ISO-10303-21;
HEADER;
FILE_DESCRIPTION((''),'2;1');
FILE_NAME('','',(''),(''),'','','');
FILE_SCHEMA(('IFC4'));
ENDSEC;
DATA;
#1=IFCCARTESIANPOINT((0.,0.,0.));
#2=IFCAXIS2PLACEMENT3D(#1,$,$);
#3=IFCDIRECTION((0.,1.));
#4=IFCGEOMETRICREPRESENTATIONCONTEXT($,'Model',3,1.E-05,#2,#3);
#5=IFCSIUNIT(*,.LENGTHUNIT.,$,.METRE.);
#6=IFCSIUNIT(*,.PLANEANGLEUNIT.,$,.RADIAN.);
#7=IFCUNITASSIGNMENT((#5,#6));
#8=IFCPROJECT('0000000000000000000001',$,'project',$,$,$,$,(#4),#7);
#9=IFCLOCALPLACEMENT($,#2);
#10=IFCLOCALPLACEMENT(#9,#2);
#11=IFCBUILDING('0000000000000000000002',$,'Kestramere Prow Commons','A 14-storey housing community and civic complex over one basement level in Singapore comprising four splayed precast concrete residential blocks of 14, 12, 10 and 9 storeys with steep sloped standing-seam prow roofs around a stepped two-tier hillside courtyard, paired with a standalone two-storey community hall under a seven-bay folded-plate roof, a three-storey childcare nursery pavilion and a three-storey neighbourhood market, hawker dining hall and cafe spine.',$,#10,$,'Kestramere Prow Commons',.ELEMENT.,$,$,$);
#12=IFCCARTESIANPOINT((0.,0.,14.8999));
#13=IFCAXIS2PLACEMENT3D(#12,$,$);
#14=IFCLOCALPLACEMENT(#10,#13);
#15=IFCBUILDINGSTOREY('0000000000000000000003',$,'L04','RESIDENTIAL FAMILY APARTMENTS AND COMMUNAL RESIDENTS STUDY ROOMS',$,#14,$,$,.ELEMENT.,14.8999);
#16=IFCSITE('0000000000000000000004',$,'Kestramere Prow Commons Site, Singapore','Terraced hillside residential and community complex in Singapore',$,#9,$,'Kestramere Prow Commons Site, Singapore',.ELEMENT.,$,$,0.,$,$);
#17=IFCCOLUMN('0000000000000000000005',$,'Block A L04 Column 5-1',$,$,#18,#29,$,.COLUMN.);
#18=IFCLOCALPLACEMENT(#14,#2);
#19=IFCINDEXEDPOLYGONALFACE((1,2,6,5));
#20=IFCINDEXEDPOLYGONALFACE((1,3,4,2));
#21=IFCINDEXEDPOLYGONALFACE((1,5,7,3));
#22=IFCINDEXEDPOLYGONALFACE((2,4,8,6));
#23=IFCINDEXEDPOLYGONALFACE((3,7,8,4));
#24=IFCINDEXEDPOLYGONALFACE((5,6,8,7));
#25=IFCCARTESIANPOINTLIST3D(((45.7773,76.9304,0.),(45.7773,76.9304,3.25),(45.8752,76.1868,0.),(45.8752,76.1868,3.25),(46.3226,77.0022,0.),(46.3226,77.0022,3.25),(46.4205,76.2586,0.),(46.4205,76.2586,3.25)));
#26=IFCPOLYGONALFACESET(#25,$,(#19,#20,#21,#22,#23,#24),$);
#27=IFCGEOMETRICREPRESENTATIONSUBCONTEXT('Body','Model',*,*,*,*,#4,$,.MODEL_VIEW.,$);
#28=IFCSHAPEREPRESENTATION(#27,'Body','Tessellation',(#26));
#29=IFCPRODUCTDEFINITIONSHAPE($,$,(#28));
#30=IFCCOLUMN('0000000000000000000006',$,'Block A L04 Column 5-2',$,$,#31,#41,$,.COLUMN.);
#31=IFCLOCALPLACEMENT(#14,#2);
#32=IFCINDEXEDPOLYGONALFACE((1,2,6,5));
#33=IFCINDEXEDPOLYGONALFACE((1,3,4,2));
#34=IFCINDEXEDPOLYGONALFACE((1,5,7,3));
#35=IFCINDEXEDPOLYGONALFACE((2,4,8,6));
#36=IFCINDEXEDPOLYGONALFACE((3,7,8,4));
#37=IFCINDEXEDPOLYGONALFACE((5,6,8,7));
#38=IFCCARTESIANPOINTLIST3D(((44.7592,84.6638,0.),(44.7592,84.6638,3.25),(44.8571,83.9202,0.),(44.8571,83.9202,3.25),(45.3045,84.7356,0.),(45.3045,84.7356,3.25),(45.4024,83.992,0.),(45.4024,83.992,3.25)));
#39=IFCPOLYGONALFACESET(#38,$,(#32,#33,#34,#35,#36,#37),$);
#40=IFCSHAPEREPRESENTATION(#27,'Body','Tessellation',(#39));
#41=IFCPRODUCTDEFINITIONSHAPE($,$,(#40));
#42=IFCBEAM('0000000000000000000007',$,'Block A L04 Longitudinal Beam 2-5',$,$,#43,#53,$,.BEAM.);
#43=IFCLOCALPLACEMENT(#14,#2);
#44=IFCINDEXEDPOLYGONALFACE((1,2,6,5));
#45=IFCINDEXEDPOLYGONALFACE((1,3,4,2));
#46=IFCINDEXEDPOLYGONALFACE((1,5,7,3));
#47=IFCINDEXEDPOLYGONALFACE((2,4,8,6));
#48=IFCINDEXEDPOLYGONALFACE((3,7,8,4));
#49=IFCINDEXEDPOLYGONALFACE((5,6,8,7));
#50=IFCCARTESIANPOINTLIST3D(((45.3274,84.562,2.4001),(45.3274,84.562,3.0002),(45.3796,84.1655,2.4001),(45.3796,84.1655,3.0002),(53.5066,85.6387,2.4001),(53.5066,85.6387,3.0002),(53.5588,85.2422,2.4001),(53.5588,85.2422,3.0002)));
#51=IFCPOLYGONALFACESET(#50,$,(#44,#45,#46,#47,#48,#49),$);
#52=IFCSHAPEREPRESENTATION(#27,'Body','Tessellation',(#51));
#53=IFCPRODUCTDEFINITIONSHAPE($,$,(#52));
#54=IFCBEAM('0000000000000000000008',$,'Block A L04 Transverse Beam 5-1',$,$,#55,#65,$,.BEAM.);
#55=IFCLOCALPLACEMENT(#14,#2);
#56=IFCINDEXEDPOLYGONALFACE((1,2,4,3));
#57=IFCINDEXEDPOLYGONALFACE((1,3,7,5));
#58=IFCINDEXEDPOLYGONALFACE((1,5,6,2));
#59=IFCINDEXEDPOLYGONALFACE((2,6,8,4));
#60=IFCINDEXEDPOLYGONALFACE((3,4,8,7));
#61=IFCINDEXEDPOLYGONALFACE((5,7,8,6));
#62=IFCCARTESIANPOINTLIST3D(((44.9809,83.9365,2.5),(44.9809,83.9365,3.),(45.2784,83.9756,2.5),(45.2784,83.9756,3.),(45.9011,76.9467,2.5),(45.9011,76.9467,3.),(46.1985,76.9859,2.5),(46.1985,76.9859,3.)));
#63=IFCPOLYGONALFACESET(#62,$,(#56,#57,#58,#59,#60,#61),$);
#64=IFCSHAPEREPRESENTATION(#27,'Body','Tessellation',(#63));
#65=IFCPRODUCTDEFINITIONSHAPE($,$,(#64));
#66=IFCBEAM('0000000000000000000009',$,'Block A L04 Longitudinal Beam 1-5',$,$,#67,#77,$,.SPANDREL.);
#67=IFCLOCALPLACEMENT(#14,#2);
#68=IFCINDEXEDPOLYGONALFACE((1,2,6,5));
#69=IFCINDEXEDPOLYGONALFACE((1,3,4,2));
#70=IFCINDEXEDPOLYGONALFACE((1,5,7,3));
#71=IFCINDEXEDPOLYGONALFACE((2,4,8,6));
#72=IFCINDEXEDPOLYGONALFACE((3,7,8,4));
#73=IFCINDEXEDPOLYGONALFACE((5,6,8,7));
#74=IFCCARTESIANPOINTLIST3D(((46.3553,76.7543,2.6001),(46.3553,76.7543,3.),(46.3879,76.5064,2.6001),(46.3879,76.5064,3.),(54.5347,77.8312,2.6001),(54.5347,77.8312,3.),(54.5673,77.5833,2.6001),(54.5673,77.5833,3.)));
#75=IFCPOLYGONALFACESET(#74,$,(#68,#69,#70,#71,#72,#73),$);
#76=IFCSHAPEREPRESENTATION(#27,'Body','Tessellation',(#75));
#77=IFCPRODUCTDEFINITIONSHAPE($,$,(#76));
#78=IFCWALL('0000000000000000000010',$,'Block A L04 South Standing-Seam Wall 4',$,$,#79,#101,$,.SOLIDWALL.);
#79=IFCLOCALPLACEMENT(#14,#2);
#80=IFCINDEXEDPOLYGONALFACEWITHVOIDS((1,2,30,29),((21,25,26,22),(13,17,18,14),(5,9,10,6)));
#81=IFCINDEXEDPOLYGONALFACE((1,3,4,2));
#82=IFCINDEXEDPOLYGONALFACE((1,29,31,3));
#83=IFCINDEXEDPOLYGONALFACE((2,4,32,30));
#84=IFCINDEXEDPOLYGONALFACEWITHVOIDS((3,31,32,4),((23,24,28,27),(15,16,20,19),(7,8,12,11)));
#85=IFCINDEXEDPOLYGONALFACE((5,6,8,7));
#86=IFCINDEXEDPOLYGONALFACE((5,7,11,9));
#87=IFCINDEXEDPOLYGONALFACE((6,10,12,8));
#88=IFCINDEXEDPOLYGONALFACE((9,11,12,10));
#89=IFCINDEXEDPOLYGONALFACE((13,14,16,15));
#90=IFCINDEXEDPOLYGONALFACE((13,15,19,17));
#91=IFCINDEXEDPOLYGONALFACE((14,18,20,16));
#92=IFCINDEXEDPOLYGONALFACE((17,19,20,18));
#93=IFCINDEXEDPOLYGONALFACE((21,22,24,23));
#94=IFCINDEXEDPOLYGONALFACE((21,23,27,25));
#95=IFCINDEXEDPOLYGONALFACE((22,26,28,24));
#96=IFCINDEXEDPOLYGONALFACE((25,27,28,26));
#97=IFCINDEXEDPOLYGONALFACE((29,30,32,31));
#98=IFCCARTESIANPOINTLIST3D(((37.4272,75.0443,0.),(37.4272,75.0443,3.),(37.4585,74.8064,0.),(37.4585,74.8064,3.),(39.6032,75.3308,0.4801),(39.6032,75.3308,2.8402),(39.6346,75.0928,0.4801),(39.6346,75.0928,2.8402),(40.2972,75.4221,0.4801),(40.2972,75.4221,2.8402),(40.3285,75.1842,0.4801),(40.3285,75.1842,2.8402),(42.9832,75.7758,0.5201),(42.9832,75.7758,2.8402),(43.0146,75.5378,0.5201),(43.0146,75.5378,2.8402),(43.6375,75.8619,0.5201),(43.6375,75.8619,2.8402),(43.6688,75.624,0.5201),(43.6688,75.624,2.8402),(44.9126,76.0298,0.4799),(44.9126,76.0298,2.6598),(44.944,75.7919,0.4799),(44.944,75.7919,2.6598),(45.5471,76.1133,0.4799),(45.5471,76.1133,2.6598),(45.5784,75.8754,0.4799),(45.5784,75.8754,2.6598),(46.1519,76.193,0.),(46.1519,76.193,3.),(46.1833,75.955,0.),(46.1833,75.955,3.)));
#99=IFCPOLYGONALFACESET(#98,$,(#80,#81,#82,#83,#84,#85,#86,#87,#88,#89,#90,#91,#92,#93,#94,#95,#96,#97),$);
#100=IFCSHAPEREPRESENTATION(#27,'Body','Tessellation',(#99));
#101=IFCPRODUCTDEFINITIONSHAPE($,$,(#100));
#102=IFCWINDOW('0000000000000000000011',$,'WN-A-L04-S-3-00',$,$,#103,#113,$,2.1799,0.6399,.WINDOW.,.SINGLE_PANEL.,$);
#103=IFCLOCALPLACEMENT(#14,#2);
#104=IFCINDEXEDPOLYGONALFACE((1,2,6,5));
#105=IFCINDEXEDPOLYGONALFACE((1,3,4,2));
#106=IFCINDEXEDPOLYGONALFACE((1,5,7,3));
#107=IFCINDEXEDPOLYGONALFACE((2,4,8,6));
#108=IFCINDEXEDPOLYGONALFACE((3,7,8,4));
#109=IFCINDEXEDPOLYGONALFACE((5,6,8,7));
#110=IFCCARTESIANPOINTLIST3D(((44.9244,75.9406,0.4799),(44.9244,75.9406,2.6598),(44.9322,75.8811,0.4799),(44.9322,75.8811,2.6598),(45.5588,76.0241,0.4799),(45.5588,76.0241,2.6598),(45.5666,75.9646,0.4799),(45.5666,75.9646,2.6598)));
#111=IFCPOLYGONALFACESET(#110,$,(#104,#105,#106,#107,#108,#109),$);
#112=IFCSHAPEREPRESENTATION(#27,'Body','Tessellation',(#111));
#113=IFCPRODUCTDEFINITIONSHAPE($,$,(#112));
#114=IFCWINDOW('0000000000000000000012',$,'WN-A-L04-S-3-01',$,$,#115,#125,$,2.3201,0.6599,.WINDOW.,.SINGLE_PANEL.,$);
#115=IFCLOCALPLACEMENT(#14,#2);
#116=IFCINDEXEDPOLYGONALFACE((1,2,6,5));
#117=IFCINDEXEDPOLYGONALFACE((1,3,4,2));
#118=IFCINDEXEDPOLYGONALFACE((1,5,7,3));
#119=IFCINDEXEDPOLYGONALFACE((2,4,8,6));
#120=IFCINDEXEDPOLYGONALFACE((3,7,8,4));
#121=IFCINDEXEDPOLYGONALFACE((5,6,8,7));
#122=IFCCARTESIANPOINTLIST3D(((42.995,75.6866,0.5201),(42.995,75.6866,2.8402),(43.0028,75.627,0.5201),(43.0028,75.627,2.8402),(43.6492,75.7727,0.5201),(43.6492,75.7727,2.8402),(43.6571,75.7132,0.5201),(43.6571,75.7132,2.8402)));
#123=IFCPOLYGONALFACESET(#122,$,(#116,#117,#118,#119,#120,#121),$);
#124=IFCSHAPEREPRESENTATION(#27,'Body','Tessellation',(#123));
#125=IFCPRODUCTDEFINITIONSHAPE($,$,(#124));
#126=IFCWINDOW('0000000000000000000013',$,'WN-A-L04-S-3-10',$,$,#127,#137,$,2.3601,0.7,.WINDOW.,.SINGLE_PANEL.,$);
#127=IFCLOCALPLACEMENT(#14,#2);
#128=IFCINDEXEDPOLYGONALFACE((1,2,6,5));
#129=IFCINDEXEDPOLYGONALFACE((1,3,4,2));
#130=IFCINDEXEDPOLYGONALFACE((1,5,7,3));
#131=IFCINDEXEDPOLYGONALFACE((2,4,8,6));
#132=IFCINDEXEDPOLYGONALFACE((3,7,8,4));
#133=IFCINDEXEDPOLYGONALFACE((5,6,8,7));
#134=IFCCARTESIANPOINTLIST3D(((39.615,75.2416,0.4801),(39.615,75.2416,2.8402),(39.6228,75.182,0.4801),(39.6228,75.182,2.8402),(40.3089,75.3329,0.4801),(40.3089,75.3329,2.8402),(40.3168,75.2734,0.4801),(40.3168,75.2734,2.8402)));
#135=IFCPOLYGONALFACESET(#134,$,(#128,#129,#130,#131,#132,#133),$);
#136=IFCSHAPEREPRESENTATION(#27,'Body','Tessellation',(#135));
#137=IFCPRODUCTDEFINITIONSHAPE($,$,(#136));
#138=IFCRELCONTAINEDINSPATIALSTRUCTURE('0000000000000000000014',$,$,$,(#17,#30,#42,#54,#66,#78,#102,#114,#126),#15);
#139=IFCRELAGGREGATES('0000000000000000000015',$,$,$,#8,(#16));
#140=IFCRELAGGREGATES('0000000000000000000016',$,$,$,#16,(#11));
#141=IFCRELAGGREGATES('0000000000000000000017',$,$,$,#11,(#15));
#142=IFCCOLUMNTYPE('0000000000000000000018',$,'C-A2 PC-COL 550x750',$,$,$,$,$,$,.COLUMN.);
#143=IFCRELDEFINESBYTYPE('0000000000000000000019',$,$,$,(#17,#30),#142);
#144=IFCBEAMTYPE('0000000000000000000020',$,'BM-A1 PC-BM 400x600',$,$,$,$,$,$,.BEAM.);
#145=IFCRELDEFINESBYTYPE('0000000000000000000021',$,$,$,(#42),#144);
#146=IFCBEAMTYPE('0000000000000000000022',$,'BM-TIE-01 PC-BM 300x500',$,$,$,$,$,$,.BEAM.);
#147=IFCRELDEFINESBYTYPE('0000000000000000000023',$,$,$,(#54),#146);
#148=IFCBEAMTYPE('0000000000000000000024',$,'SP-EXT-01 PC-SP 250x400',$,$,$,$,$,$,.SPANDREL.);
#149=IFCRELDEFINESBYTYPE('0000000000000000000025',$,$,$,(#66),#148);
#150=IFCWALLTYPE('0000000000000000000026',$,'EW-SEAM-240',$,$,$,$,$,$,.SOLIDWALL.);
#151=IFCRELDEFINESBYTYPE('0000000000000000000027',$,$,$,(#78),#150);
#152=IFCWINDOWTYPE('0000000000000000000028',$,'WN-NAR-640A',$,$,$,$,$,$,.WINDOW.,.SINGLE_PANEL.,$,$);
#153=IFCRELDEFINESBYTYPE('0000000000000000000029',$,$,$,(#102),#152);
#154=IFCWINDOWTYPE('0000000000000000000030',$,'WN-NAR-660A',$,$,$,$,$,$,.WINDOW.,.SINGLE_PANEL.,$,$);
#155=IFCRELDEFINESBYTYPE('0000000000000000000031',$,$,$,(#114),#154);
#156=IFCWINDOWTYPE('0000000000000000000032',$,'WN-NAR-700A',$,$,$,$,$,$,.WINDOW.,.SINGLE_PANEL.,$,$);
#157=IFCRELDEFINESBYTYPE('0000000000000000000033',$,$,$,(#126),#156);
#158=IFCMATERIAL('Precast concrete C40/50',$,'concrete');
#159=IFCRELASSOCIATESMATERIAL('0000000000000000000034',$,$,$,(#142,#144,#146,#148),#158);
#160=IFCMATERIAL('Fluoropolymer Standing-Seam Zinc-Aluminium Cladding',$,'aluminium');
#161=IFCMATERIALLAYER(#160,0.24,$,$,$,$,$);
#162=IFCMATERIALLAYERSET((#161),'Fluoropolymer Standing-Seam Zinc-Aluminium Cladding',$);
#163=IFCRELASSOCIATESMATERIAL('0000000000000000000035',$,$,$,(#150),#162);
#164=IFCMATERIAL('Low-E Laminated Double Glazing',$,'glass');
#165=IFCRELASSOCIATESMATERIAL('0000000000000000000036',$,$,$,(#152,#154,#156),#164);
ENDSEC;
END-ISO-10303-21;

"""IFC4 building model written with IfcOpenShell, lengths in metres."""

from ifc_helpers import new_model, si_unit, direction, frame, frame_2d, origin, origin_2d, place, context, subcontext, project, spatial, rectangle, extrude, material, layer, layer_set, material_profile, profile_set, type_object, element, fill, save


model = new_model("IFC4")

# Units and contexts
model_context = context("Model", 3, precision=1e-05, world=origin(), true_north=direction((0.0, 1.0)))
body_context = subcontext(model_context, "Body", "Model", "MODEL_VIEW")
ifc_project = project(units=[si_unit("LENGTHUNIT", "METRE"), si_unit("PLANEANGLEUNIT", "RADIAN")], contexts=[model_context])

# Site, building, storey
site_placement = place(None, origin())
site = spatial("IfcSite", under=ifc_project, at=site_placement, Name="Kestramere Prow Commons Site, Singapore", Description="Terraced hillside residential and community complex in Singapore", LongName="Kestramere Prow Commons Site, Singapore", CompositionType="ELEMENT", RefElevation=0.0)
building_placement = place(site_placement, origin())
building = spatial("IfcBuilding", under=site, at=building_placement, Name="Kestramere Prow Commons", Description="A 14-storey housing community and civic complex over one basement level in Singapore comprising four splayed precast concrete residential blocks of 14, 12, 10 and 9 storeys with steep sloped standing-seam prow roofs around a stepped two-tier hillside courtyard, paired with a standalone two-storey community hall under a seven-bay folded-plate roof, a three-storey childcare nursery pavilion and a three-storey neighbourhood market, hawker dining hall and cafe spine.", LongName="Kestramere Prow Commons", CompositionType="ELEMENT")
storey_placement = place(building_placement, frame((0.0, 0.0, 14.8999)))
storey = spatial("IfcBuildingStorey", under=building, at=storey_placement, Name="L04", Description="RESIDENTIAL FAMILY APARTMENTS AND COMMUNAL RESIDENTS STUDY ROOMS", CompositionType="ELEMENT", Elevation=14.8999)

# Columns
ifc_material_1 = material(Name="Precast concrete C40/50", Category="concrete")
ifc_material_profile_1 = material_profile(ifc_material_1, rectangle(XDim=0.55, YDim=0.75, at=origin_2d()), Name="PC-COL 550x750")
ifc_profile_set_1 = profile_set([ifc_material_profile_1], Name="Precast concrete C40/50")
column_type = type_object("IfcColumnType", Name="C-A2 PC-COL 550x750", PredefinedType="COLUMN", material=ifc_profile_set_1)
for number, where, z_axis, x_axis, name in (
    (1, (46.0989, 76.5945, 0.0), (0.0, 0.0, 1.0), (0.991445, 0.130526, 0.0), "Block A L04 Column 5-1"),
    (2, (45.0808, 84.3279, 0.0), (0.0, 0.0, 1.0), (0.991445, 0.130526, 0.0), "Block A L04 Column 5-2"),
):
    element("IfcColumn", number, at=place(storey_placement, frame(where, z_axis=z_axis, x_axis=x_axis)), inside=storey, type_object=column_type, Name=name, PredefinedType="COLUMN", context=body_context, shape_type="SweptSolid", body=[
        extrude(rectangle(XDim=0.55, YDim=0.75, at=origin_2d()), origin(), (0.0, 0.0, 1.0), 3.25),
    ])

# Beams
ifc_material_profile_2 = material_profile(ifc_material_1, rectangle(XDim=0.3999, YDim=0.6001, at=origin_2d()), Name="PC-BM 400x600")
ifc_profile_set_2 = profile_set([ifc_material_profile_2], Name="Precast concrete C40/50")
beam_type_1 = type_object("IfcBeamType", Name="BM-A1 PC-BM 400x600", PredefinedType="BEAM", material=ifc_profile_set_2)
beam_1_placement = place(storey_placement, frame((45.3535, 84.3638, 2.7002), z_axis=(0.991447, 0.130508, 0.0), x_axis=(-0.130508, 0.991447, 0.0)))
element("IfcBeam", 3, at=beam_1_placement, inside=storey, type_object=beam_type_1, Name="Block A L04 Longitudinal Beam 2-5", PredefinedType="BEAM", context=body_context, shape_type="SweptSolid", body=[
    extrude(rectangle(XDim=0.3999, YDim=0.6001, at=origin_2d()), origin(), (0.0, 0.0, 1.0), 8.2498),
])
ifc_material_profile_3 = material_profile(ifc_material_1, rectangle(XDim=0.3, YDim=0.5, at=origin_2d()), Name="PC-BM 300x500")
ifc_profile_set_3 = profile_set([ifc_material_profile_3], Name="Precast concrete C40/50")
beam_type_2 = type_object("IfcBeamType", Name="BM-TIE-01 PC-BM 300x500", PredefinedType="BEAM", material=ifc_profile_set_3)
beam_2_placement = place(storey_placement, frame((46.0498, 76.9663, 2.75), z_axis=(-0.130519, 0.991446, 0.0), x_axis=(-0.991446, -0.130519, 0.0)))
element("IfcBeam", 4, at=beam_2_placement, inside=storey, type_object=beam_type_2, Name="Block A L04 Transverse Beam 5-1", PredefinedType="BEAM", context=body_context, shape_type="SweptSolid", body=[
    extrude(rectangle(XDim=0.3, YDim=0.5, at=origin_2d()), origin(), (0.0, 0.0, 1.0), 7.05),
])
ifc_material_profile_4 = material_profile(ifc_material_1, rectangle(XDim=0.25, YDim=0.3999, at=origin_2d()), Name="PC-SP 250x400")
ifc_profile_set_4 = profile_set([ifc_material_profile_4], Name="Precast concrete C40/50")
beam_type_3 = type_object("IfcBeamType", Name="SP-EXT-01 PC-SP 250x400", PredefinedType="SPANDREL", material=ifc_profile_set_4)
beam_3_placement = place(storey_placement, frame((46.3716, 76.6304, 2.8), z_axis=(0.991444, 0.130533, 0.0), x_axis=(-0.130533, 0.991444, 0.0)))
element("IfcBeam", 5, at=beam_3_placement, inside=storey, type_object=beam_type_3, Name="Block A L04 Longitudinal Beam 1-5", PredefinedType="SPANDREL", context=body_context, shape_type="SweptSolid", body=[
    extrude(rectangle(XDim=0.25, YDim=0.3999, at=origin_2d()), origin(), (0.0, 0.0, 1.0), 8.25),
])

# Wall, openings, windows
ifc_material_2 = material(Name="Fluoropolymer Standing-Seam Zinc-Aluminium Cladding", Category="aluminium")
ifc_layer_1 = layer(ifc_material_2, 0.24)
ifc_layer_set_1 = layer_set([ifc_layer_1], Name="Fluoropolymer Standing-Seam Zinc-Aluminium Cladding")
wall_type_1 = type_object("IfcWallType", Name="EW-SEAM-240", PredefinedType="SOLIDWALL", material=ifc_layer_set_1)
wall_1_placement = place(storey_placement, frame((46.1675, 76.074, 0.0), z_axis=(0.0, 0.0, 1.0), x_axis=(-0.991444, -0.13053, 0.0)))
wall_1 = element("IfcWall", 6, at=wall_1_placement, inside=storey, type_object=wall_type_1, Name="Block A L04 South Standing-Seam Wall 4", PredefinedType="SOLIDWALL", context=body_context, shape_type="SweptSolid", body=[
    extrude(rectangle(XDim=8.8, YDim=0.24, at=frame_2d((4.3999, 0.0))), origin(), (0.0, 0.0, 1.0), 3.0),
])
opening_1_placement = place(wall_1_placement, frame((0.6101, 0.0, 0.48)))
opening_1 = element("IfcOpeningElement", 7, at=opening_1_placement, cuts=wall_1, PredefinedType="OPENING", context=body_context, shape_type="SweptSolid", body=[
    extrude(rectangle(XDim=0.6399, YDim=2.1799, at=frame_2d((0.3198, 1.0898))), frame((0.0, 0.135, 0.0), z_axis=(0.0, -1.0, 0.0), x_axis=(1.0, 0.0, 0.0)), (0.0, 0.0, 1.0), 0.27),
])
opening_2_placement = place(wall_1_placement, frame((2.5359, 0.0, 0.52)))
opening_2 = element("IfcOpeningElement", 8, at=opening_2_placement, cuts=wall_1, PredefinedType="OPENING", context=body_context, shape_type="SweptSolid", body=[
    extrude(rectangle(XDim=0.6599, YDim=2.3201, at=frame_2d((0.3301, 1.1602))), frame((0.0, 0.135, 0.0), z_axis=(0.0, -1.0, 0.0), x_axis=(1.0, 0.0, 0.0)), (0.0, 0.0, 1.0), 0.27),
])
opening_3_placement = place(wall_1_placement, frame((5.905, 0.0, 0.48)))
opening_3 = element("IfcOpeningElement", 9, at=opening_3_placement, cuts=wall_1, PredefinedType="OPENING", context=body_context, shape_type="SweptSolid", body=[
    extrude(rectangle(XDim=0.7, YDim=2.3601, at=frame_2d((0.3501, 1.1802))), frame((0.0, 0.135, 0.0), z_axis=(0.0, -1.0, 0.0), x_axis=(1.0, 0.0, 0.0)), (0.0, 0.0, 1.0), 0.27),
])
ifc_material_3 = material(Name="Low-E Laminated Double Glazing", Category="glass")
window_type_1 = type_object("IfcWindowType", Name="WN-NAR-640A", PartitioningType="SINGLE_PANEL", PredefinedType="WINDOW", material=ifc_material_3)
window_1_placement = place(opening_1_placement, origin())
window_1 = element("IfcWindow", 10, at=window_1_placement, inside=storey, type_object=window_type_1, Name="WN-A-L04-S-3-00", OverallHeight=2.1799, OverallWidth=0.6399, PartitioningType="SINGLE_PANEL", PredefinedType="WINDOW", context=body_context, shape_type="SweptSolid", body=[
    extrude(rectangle(XDim=0.6399, YDim=2.1799, at=frame_2d((0.3198, 1.0898))), frame((0.0, 0.03, 0.0), z_axis=(0.0, -1.0, 0.0), x_axis=(1.0, 0.0, 0.0)), (0.0, 0.0, 1.0), 0.0601),
])
fill(opening_1, window_1)
window_type_2 = type_object("IfcWindowType", Name="WN-NAR-660A", PartitioningType="SINGLE_PANEL", PredefinedType="WINDOW", material=ifc_material_3)
window_2_placement = place(opening_2_placement, origin())
window_2 = element("IfcWindow", 11, at=window_2_placement, inside=storey, type_object=window_type_2, Name="WN-A-L04-S-3-01", OverallHeight=2.3201, OverallWidth=0.6599, PartitioningType="SINGLE_PANEL", PredefinedType="WINDOW", context=body_context, shape_type="SweptSolid", body=[
    extrude(rectangle(XDim=0.6599, YDim=2.3201, at=frame_2d((0.3301, 1.1602))), frame((0.0, 0.03, 0.0), z_axis=(0.0, -1.0, 0.0), x_axis=(1.0, 0.0, 0.0)), (0.0, 0.0, 1.0), 0.0601),
])
fill(opening_2, window_2)
window_type_3 = type_object("IfcWindowType", Name="WN-NAR-700A", PartitioningType="SINGLE_PANEL", PredefinedType="WINDOW", material=ifc_material_3)
window_3_placement = place(opening_3_placement, origin())
window_3 = element("IfcWindow", 12, at=window_3_placement, inside=storey, type_object=window_type_3, Name="WN-A-L04-S-3-10", OverallHeight=2.3601, OverallWidth=0.7, PartitioningType="SINGLE_PANEL", PredefinedType="WINDOW", context=body_context, shape_type="SweptSolid", body=[
    extrude(rectangle(XDim=0.7, YDim=2.3601, at=frame_2d((0.3501, 1.1802))), frame((0.0, 0.03, 0.0), z_axis=(0.0, -1.0, 0.0), x_axis=(1.0, 0.0, 0.0)), (0.0, 0.0, 1.0), 0.0601),
])
fill(opening_3, window_3)

save(model, "model.ifc")
